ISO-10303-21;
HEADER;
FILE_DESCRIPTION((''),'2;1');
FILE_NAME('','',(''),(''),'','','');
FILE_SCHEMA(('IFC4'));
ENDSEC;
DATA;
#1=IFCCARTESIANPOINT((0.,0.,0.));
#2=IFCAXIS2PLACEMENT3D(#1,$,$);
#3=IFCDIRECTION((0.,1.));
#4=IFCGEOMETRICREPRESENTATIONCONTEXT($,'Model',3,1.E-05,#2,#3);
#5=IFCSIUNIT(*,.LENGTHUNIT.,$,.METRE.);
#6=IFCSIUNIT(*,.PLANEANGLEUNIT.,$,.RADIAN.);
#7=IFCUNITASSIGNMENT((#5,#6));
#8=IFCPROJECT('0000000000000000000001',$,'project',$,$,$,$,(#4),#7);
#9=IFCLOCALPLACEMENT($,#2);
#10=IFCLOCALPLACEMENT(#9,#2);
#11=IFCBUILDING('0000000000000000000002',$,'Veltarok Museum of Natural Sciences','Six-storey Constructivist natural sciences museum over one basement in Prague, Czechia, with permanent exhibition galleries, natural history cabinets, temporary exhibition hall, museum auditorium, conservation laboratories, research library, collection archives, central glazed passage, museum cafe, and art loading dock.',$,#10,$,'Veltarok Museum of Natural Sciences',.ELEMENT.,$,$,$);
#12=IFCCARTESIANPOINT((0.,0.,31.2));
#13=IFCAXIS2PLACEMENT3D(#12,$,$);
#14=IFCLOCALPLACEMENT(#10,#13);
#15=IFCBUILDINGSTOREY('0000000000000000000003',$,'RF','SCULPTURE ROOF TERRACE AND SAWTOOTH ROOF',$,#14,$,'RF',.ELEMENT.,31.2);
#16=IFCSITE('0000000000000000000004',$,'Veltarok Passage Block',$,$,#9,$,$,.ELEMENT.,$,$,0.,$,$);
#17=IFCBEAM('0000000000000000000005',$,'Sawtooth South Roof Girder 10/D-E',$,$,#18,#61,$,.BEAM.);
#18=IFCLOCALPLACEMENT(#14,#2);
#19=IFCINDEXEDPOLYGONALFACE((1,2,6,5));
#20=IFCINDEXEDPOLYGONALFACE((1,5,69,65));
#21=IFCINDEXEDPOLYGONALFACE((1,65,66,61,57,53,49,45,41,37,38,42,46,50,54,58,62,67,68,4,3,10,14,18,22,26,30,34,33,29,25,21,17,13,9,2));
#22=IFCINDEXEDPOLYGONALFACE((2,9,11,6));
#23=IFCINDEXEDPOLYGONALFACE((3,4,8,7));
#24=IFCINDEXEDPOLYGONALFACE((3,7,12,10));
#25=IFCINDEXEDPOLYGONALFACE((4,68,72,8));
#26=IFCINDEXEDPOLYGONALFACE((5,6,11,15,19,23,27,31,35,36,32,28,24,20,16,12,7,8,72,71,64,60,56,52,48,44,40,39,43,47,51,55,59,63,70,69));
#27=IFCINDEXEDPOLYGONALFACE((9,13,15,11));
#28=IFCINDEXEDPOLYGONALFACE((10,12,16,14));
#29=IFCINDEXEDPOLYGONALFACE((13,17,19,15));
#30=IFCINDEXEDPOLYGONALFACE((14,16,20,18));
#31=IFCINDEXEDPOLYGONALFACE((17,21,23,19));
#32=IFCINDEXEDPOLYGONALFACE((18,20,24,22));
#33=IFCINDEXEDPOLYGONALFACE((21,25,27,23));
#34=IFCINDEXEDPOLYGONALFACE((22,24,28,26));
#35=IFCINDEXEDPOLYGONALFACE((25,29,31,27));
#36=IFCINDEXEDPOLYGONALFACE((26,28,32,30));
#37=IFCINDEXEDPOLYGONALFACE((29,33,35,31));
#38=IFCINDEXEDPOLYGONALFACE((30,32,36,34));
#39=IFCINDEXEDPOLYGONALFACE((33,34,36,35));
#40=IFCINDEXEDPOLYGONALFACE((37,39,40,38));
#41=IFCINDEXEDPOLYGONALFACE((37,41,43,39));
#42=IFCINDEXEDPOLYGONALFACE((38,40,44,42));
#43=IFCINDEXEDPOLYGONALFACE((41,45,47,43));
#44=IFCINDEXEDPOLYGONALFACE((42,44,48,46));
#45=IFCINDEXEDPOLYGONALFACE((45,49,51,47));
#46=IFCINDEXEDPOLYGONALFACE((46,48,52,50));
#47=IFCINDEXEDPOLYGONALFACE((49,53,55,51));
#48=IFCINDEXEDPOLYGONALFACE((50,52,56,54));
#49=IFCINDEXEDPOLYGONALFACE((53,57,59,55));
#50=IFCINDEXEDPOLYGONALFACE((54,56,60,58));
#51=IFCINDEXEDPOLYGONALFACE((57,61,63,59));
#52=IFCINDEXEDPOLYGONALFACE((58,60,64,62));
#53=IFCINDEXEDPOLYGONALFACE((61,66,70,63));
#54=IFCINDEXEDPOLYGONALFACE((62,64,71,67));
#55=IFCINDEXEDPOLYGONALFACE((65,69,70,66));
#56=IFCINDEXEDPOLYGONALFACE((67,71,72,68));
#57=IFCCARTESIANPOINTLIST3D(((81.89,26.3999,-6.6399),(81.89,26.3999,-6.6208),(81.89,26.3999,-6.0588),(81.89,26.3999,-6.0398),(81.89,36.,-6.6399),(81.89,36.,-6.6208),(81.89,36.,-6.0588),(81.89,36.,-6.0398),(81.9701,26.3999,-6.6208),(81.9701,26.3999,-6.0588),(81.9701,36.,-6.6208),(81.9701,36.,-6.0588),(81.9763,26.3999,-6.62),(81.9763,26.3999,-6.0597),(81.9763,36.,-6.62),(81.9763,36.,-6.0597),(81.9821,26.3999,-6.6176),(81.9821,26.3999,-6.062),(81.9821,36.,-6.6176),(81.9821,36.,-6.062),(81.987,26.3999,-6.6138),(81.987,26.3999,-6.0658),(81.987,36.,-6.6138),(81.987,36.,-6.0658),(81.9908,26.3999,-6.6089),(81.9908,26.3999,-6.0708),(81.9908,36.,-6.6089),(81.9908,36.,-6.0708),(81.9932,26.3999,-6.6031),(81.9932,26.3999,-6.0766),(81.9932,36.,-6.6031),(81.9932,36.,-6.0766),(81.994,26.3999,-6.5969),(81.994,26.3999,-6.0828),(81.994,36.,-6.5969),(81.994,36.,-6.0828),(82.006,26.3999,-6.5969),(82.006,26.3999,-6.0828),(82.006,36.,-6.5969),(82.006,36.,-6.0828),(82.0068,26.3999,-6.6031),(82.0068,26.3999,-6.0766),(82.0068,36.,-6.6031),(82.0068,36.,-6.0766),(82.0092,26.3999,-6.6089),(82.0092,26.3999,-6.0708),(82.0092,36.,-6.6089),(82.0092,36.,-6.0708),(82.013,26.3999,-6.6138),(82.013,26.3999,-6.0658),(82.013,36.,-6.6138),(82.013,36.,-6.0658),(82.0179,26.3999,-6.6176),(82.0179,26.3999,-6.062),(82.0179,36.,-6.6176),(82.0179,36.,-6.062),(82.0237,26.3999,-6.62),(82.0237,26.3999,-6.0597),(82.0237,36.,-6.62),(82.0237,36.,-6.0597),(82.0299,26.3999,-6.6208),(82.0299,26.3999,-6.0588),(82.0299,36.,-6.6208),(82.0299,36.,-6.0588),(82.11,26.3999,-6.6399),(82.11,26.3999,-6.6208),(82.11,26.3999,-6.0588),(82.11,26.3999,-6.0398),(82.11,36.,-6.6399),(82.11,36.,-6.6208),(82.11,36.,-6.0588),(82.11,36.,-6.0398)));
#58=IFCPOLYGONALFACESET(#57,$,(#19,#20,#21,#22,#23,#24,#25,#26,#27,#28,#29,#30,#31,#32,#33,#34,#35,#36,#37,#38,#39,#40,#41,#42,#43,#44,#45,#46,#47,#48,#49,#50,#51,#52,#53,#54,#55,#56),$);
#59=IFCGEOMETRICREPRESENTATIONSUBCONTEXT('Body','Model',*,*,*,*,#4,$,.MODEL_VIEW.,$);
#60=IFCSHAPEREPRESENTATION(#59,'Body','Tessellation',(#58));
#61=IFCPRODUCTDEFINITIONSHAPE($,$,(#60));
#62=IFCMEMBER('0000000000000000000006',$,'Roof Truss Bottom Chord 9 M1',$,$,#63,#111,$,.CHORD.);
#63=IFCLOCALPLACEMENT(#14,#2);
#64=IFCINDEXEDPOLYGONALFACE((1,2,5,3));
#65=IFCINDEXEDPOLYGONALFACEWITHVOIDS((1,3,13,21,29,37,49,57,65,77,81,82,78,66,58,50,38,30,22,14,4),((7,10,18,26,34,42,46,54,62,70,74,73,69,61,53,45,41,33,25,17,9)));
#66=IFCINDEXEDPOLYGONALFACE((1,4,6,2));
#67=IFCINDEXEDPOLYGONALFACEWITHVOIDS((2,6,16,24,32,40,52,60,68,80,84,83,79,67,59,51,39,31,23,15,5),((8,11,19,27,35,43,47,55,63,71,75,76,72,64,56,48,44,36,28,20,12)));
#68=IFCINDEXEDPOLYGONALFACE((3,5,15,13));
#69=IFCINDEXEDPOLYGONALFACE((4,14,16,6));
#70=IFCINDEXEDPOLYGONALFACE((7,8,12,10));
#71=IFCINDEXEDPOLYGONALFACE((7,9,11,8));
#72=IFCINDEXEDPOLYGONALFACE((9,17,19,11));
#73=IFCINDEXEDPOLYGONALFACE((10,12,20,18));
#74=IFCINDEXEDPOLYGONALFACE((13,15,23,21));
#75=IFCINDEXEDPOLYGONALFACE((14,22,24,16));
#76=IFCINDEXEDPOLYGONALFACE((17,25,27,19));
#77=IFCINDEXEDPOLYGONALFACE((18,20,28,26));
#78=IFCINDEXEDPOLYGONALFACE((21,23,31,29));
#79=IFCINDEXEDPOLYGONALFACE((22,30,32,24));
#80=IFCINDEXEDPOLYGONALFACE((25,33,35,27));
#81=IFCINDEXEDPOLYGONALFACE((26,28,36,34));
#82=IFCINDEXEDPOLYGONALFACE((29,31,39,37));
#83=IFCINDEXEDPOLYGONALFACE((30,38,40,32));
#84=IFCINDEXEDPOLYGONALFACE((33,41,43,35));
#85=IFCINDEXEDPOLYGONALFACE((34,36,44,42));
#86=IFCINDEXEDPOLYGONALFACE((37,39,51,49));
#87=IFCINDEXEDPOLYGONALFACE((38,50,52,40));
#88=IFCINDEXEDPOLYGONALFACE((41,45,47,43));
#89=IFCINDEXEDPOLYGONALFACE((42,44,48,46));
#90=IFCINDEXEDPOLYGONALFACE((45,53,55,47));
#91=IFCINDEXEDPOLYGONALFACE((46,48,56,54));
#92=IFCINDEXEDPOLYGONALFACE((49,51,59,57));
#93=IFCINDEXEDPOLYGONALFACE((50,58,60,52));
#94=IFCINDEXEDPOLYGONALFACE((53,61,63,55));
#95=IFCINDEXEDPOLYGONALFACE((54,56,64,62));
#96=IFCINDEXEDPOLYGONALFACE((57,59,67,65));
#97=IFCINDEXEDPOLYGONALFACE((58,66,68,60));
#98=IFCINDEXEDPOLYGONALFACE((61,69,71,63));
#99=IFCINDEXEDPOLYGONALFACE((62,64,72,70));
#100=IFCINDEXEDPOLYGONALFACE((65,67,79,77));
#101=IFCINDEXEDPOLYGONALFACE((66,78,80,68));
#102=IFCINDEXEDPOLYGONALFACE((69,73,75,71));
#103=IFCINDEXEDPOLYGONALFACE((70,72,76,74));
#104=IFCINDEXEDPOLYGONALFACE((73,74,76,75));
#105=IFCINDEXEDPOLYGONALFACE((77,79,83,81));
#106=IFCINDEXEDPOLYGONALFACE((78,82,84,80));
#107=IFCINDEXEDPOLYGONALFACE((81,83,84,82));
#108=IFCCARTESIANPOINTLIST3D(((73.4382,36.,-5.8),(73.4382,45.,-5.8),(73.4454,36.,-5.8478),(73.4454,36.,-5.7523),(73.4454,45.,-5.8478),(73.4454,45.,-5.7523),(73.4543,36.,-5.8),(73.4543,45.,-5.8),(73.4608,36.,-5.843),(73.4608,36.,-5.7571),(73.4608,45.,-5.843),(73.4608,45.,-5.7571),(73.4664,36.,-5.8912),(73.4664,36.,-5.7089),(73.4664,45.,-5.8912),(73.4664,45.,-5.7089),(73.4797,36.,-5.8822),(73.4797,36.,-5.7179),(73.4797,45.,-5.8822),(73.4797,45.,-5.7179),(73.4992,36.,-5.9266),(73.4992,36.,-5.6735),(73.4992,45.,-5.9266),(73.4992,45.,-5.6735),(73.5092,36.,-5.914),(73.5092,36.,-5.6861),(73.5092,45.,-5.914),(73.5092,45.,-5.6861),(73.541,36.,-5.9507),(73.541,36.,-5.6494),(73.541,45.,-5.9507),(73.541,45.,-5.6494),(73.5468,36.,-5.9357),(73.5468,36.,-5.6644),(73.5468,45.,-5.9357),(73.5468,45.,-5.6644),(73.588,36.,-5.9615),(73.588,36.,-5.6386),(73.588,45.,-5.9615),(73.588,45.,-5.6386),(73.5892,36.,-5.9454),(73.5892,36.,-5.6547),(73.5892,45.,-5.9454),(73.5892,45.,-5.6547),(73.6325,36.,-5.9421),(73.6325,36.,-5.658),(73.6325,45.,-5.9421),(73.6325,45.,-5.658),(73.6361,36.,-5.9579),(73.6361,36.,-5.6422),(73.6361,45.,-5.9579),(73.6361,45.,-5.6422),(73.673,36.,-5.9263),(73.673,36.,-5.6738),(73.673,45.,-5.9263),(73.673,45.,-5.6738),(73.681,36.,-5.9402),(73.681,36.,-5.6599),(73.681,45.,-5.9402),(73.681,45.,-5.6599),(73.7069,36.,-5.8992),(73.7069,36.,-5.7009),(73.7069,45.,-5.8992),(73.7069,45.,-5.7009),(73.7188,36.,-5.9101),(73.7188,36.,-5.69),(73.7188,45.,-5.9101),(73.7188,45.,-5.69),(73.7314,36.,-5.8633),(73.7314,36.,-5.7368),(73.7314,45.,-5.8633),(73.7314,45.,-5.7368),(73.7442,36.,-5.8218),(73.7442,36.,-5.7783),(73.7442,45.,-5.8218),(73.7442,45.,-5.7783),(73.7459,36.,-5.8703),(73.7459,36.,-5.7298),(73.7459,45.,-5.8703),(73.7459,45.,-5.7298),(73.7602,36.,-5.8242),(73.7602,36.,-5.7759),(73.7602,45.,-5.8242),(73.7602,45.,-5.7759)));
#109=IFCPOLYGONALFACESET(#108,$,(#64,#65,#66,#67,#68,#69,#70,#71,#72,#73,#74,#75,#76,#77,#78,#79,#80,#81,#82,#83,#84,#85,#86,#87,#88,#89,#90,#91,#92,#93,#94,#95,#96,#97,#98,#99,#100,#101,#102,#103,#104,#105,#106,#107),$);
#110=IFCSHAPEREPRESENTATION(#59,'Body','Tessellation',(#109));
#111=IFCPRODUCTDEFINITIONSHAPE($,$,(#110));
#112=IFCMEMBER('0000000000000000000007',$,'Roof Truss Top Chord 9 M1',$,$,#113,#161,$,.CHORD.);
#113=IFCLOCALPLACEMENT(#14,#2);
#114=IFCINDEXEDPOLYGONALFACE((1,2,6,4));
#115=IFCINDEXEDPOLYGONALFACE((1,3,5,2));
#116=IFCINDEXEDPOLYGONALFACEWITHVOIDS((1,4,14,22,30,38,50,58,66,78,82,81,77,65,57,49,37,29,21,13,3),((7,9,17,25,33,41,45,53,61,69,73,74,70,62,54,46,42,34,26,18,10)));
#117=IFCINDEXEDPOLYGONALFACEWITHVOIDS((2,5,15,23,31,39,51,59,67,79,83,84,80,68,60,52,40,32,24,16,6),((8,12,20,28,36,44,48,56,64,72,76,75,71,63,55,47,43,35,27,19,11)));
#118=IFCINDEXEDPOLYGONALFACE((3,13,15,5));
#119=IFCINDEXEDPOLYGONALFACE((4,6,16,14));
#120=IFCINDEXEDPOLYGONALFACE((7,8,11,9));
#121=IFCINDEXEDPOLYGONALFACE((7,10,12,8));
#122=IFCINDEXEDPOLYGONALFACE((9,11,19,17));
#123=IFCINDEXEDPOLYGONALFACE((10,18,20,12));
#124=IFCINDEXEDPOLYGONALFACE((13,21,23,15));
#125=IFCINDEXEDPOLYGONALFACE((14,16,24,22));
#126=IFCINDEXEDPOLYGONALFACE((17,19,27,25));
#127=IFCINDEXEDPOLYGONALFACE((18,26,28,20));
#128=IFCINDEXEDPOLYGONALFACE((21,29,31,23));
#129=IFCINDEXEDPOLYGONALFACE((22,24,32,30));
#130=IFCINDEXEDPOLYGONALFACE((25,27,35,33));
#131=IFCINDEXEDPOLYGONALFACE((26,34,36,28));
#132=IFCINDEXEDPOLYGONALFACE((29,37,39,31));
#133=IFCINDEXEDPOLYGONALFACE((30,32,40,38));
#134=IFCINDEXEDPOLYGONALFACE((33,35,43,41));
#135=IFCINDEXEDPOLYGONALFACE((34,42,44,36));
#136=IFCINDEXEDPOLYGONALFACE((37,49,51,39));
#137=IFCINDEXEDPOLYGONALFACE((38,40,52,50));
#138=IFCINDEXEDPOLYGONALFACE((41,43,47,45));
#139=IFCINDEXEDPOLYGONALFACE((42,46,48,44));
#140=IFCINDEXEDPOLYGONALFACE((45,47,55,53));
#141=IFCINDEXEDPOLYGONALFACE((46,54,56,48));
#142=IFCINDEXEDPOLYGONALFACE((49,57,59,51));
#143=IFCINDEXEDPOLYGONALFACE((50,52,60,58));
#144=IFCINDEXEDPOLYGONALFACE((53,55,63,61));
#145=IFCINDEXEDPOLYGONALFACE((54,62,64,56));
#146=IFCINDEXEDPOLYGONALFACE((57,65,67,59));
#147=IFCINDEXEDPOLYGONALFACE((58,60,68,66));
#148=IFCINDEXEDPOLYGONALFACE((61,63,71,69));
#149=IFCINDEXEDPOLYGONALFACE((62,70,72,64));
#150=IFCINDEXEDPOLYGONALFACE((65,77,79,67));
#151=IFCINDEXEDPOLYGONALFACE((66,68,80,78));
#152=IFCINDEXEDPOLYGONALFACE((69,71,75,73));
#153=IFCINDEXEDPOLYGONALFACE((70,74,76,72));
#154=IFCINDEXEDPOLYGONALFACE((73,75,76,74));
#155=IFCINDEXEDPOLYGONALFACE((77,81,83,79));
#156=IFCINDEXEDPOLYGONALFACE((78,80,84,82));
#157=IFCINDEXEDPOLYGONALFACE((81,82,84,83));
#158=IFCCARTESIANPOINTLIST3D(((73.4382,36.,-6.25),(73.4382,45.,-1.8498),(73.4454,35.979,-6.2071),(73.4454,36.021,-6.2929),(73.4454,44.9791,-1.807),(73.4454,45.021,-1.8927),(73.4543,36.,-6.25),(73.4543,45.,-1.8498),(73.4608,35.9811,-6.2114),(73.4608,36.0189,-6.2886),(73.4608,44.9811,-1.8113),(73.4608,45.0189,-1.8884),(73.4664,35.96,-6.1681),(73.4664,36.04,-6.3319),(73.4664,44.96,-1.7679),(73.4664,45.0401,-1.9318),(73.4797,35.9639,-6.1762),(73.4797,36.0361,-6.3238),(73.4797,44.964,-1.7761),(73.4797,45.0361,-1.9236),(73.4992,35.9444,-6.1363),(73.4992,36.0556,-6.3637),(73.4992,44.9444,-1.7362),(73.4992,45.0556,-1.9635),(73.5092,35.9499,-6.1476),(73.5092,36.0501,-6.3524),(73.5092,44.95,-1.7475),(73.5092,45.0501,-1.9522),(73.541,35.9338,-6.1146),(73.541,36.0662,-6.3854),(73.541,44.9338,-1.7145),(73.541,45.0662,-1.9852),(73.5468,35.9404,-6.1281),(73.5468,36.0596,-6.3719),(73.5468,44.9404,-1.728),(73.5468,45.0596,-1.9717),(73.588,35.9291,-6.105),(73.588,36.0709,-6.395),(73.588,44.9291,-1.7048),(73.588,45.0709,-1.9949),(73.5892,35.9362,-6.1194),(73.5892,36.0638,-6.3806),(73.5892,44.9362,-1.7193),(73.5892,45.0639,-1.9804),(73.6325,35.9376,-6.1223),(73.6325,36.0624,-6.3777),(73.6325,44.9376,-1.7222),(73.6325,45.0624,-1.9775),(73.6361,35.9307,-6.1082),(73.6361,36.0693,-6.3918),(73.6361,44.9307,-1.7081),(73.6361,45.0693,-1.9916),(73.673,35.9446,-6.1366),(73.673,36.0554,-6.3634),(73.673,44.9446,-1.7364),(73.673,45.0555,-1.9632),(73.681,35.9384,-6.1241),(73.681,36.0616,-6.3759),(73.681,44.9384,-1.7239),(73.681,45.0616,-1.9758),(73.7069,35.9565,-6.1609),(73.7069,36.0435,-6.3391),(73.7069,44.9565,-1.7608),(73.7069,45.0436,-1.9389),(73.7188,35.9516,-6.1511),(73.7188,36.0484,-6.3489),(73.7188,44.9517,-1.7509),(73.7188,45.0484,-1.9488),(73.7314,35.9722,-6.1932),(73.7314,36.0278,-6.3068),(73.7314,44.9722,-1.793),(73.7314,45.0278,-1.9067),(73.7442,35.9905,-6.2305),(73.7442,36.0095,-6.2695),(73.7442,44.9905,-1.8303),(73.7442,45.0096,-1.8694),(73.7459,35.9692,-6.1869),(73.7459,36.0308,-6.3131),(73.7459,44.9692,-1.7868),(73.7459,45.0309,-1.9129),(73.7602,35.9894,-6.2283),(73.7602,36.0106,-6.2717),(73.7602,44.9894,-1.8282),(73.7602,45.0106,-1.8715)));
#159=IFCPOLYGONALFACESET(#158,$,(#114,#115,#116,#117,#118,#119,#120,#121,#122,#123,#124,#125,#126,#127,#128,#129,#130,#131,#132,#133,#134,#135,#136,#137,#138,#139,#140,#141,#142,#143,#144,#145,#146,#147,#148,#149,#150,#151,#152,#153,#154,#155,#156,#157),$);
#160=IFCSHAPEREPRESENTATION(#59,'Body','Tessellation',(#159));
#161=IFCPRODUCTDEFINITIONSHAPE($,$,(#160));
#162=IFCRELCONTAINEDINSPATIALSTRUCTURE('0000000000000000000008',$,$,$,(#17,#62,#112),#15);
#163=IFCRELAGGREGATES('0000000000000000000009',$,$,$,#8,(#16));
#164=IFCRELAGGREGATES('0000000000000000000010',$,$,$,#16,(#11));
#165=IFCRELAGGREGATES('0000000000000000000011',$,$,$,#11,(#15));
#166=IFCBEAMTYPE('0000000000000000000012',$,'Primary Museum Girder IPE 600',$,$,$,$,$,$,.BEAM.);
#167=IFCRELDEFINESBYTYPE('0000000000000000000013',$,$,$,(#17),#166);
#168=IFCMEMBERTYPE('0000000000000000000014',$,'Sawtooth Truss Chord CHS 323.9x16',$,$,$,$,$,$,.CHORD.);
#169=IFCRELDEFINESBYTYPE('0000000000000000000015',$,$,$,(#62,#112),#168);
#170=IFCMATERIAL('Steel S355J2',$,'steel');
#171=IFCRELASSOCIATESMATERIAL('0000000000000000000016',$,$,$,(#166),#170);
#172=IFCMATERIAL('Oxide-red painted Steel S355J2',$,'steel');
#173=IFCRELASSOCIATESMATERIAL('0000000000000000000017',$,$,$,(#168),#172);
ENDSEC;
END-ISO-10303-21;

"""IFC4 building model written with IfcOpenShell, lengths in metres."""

from ifc_helpers import new_model, si_unit, direction, frame, origin, origin_2d, place, context, subcontext, project, spatial, hollow_circle, i_section, extrude, material, material_profile, profile_set, type_object, element, save


model = new_model("IFC4")

# Units and contexts
model_context = context("Model", 3, precision=1e-05, world=origin(), true_north=direction((0.0, 1.0)))
body_context = subcontext(model_context, "Body", "Model", "MODEL_VIEW")
ifc_project = project(units=[si_unit("LENGTHUNIT", "METRE"), si_unit("PLANEANGLEUNIT", "RADIAN")], contexts=[model_context])

# Site, building, storey
site_placement = place(None, origin())
site = spatial("IfcSite", under=ifc_project, at=site_placement, Name="Veltarok Passage Block", CompositionType="ELEMENT", RefElevation=0.0)
building_placement = place(site_placement, origin())
building = spatial("IfcBuilding", under=site, at=building_placement, Name="Veltarok Museum of Natural Sciences", Description="Six-storey Constructivist natural sciences museum over one basement in Prague, Czechia, with permanent exhibition galleries, natural history cabinets, temporary exhibition hall, museum auditorium, conservation laboratories, research library, collection archives, central glazed passage, museum cafe, and art loading dock.", LongName="Veltarok Museum of Natural Sciences", CompositionType="ELEMENT")
storey_placement = place(building_placement, frame((0.0, 0.0, 31.2)))
storey = spatial("IfcBuildingStorey", under=building, at=storey_placement, Name="RF", Description="SCULPTURE ROOF TERRACE AND SAWTOOTH ROOF", LongName="RF", CompositionType="ELEMENT", Elevation=31.2)

# Beam
ifc_material_1 = material(Name="Steel S355J2", Category="steel")
ifc_material_profile_1 = material_profile(ifc_material_1, i_section(OverallWidth=0.22, OverallDepth=0.6001, WebThickness=0.012, FlangeThickness=0.019, FilletRadius=0.0239, at=origin_2d()), Name="IPE 600")
ifc_profile_set_1 = profile_set([ifc_material_profile_1], Name="Steel S355J2")
beam_type_1 = type_object("IfcBeamType", Name="Primary Museum Girder IPE 600", PredefinedType="BEAM", material=ifc_profile_set_1)
for number, where, z_axis, x_axis, name in (
    (1, (82.0, 26.3999, -6.3398), (0.0, 1.0, 0.0), (-1.0, 0.0, 0.0), "Sawtooth South Roof Girder 10/D-E"),
):
    element("IfcBeam", number, at=place(storey_placement, frame(where, z_axis=z_axis, x_axis=x_axis)), inside=storey, type_object=beam_type_1, Name=name, PredefinedType="BEAM", context=body_context, shape_type="SweptSolid", body=[
        extrude(i_section(OverallWidth=0.22, OverallDepth=0.6001, WebThickness=0.012, FlangeThickness=0.019, FilletRadius=0.0239, at=origin_2d()), origin(), (0.0, 0.0, 1.0), 9.6001),
    ])

# Members
ifc_material_2 = material(Name="Oxide-red painted Steel S355J2", Category="steel")
ifc_material_profile_2 = material_profile(ifc_material_2, hollow_circle(Radius=0.1619, WallThickness=0.0161, at=origin_2d()), Name="CHS 323.9x16")
ifc_profile_set_2 = profile_set([ifc_material_profile_2], Name="Oxide-red painted Steel S355J2")
member_type_1 = type_object("IfcMemberType", Name="Sawtooth Truss Chord CHS 323.9x16", PredefinedType="CHORD", material=ifc_profile_set_2)
member_1_placement = place(storey_placement, frame((73.6001, 36.0, -5.8), z_axis=(0.0, 1.0, 0.0), x_axis=(-1.0, 0.0, 0.0)))
element("IfcMember", 2, at=member_1_placement, inside=storey, type_object=member_type_1, Name="Roof Truss Bottom Chord 9 M1", PredefinedType="CHORD", context=body_context, shape_type="SweptSolid", body=[
    extrude(hollow_circle(Radius=0.1619, WallThickness=0.0161, at=origin_2d()), origin(), (0.0, 0.0, 1.0), 9.0),
])
member_2_placement = place(storey_placement, frame((73.6001, 36.0, -6.25), z_axis=(0.0, 0.898379, 0.439222), x_axis=(-1.0, 0.0, 0.0)))
element("IfcMember", 3, at=member_2_placement, inside=storey, type_object=member_type_1, Name="Roof Truss Top Chord 9 M1", PredefinedType="CHORD", context=body_context, shape_type="SweptSolid", body=[
    extrude(hollow_circle(Radius=0.1619, WallThickness=0.0161, at=origin_2d()), origin(), (0.0, 0.0, 1.0), 10.0181),
])

save(model, "model.ifc")
